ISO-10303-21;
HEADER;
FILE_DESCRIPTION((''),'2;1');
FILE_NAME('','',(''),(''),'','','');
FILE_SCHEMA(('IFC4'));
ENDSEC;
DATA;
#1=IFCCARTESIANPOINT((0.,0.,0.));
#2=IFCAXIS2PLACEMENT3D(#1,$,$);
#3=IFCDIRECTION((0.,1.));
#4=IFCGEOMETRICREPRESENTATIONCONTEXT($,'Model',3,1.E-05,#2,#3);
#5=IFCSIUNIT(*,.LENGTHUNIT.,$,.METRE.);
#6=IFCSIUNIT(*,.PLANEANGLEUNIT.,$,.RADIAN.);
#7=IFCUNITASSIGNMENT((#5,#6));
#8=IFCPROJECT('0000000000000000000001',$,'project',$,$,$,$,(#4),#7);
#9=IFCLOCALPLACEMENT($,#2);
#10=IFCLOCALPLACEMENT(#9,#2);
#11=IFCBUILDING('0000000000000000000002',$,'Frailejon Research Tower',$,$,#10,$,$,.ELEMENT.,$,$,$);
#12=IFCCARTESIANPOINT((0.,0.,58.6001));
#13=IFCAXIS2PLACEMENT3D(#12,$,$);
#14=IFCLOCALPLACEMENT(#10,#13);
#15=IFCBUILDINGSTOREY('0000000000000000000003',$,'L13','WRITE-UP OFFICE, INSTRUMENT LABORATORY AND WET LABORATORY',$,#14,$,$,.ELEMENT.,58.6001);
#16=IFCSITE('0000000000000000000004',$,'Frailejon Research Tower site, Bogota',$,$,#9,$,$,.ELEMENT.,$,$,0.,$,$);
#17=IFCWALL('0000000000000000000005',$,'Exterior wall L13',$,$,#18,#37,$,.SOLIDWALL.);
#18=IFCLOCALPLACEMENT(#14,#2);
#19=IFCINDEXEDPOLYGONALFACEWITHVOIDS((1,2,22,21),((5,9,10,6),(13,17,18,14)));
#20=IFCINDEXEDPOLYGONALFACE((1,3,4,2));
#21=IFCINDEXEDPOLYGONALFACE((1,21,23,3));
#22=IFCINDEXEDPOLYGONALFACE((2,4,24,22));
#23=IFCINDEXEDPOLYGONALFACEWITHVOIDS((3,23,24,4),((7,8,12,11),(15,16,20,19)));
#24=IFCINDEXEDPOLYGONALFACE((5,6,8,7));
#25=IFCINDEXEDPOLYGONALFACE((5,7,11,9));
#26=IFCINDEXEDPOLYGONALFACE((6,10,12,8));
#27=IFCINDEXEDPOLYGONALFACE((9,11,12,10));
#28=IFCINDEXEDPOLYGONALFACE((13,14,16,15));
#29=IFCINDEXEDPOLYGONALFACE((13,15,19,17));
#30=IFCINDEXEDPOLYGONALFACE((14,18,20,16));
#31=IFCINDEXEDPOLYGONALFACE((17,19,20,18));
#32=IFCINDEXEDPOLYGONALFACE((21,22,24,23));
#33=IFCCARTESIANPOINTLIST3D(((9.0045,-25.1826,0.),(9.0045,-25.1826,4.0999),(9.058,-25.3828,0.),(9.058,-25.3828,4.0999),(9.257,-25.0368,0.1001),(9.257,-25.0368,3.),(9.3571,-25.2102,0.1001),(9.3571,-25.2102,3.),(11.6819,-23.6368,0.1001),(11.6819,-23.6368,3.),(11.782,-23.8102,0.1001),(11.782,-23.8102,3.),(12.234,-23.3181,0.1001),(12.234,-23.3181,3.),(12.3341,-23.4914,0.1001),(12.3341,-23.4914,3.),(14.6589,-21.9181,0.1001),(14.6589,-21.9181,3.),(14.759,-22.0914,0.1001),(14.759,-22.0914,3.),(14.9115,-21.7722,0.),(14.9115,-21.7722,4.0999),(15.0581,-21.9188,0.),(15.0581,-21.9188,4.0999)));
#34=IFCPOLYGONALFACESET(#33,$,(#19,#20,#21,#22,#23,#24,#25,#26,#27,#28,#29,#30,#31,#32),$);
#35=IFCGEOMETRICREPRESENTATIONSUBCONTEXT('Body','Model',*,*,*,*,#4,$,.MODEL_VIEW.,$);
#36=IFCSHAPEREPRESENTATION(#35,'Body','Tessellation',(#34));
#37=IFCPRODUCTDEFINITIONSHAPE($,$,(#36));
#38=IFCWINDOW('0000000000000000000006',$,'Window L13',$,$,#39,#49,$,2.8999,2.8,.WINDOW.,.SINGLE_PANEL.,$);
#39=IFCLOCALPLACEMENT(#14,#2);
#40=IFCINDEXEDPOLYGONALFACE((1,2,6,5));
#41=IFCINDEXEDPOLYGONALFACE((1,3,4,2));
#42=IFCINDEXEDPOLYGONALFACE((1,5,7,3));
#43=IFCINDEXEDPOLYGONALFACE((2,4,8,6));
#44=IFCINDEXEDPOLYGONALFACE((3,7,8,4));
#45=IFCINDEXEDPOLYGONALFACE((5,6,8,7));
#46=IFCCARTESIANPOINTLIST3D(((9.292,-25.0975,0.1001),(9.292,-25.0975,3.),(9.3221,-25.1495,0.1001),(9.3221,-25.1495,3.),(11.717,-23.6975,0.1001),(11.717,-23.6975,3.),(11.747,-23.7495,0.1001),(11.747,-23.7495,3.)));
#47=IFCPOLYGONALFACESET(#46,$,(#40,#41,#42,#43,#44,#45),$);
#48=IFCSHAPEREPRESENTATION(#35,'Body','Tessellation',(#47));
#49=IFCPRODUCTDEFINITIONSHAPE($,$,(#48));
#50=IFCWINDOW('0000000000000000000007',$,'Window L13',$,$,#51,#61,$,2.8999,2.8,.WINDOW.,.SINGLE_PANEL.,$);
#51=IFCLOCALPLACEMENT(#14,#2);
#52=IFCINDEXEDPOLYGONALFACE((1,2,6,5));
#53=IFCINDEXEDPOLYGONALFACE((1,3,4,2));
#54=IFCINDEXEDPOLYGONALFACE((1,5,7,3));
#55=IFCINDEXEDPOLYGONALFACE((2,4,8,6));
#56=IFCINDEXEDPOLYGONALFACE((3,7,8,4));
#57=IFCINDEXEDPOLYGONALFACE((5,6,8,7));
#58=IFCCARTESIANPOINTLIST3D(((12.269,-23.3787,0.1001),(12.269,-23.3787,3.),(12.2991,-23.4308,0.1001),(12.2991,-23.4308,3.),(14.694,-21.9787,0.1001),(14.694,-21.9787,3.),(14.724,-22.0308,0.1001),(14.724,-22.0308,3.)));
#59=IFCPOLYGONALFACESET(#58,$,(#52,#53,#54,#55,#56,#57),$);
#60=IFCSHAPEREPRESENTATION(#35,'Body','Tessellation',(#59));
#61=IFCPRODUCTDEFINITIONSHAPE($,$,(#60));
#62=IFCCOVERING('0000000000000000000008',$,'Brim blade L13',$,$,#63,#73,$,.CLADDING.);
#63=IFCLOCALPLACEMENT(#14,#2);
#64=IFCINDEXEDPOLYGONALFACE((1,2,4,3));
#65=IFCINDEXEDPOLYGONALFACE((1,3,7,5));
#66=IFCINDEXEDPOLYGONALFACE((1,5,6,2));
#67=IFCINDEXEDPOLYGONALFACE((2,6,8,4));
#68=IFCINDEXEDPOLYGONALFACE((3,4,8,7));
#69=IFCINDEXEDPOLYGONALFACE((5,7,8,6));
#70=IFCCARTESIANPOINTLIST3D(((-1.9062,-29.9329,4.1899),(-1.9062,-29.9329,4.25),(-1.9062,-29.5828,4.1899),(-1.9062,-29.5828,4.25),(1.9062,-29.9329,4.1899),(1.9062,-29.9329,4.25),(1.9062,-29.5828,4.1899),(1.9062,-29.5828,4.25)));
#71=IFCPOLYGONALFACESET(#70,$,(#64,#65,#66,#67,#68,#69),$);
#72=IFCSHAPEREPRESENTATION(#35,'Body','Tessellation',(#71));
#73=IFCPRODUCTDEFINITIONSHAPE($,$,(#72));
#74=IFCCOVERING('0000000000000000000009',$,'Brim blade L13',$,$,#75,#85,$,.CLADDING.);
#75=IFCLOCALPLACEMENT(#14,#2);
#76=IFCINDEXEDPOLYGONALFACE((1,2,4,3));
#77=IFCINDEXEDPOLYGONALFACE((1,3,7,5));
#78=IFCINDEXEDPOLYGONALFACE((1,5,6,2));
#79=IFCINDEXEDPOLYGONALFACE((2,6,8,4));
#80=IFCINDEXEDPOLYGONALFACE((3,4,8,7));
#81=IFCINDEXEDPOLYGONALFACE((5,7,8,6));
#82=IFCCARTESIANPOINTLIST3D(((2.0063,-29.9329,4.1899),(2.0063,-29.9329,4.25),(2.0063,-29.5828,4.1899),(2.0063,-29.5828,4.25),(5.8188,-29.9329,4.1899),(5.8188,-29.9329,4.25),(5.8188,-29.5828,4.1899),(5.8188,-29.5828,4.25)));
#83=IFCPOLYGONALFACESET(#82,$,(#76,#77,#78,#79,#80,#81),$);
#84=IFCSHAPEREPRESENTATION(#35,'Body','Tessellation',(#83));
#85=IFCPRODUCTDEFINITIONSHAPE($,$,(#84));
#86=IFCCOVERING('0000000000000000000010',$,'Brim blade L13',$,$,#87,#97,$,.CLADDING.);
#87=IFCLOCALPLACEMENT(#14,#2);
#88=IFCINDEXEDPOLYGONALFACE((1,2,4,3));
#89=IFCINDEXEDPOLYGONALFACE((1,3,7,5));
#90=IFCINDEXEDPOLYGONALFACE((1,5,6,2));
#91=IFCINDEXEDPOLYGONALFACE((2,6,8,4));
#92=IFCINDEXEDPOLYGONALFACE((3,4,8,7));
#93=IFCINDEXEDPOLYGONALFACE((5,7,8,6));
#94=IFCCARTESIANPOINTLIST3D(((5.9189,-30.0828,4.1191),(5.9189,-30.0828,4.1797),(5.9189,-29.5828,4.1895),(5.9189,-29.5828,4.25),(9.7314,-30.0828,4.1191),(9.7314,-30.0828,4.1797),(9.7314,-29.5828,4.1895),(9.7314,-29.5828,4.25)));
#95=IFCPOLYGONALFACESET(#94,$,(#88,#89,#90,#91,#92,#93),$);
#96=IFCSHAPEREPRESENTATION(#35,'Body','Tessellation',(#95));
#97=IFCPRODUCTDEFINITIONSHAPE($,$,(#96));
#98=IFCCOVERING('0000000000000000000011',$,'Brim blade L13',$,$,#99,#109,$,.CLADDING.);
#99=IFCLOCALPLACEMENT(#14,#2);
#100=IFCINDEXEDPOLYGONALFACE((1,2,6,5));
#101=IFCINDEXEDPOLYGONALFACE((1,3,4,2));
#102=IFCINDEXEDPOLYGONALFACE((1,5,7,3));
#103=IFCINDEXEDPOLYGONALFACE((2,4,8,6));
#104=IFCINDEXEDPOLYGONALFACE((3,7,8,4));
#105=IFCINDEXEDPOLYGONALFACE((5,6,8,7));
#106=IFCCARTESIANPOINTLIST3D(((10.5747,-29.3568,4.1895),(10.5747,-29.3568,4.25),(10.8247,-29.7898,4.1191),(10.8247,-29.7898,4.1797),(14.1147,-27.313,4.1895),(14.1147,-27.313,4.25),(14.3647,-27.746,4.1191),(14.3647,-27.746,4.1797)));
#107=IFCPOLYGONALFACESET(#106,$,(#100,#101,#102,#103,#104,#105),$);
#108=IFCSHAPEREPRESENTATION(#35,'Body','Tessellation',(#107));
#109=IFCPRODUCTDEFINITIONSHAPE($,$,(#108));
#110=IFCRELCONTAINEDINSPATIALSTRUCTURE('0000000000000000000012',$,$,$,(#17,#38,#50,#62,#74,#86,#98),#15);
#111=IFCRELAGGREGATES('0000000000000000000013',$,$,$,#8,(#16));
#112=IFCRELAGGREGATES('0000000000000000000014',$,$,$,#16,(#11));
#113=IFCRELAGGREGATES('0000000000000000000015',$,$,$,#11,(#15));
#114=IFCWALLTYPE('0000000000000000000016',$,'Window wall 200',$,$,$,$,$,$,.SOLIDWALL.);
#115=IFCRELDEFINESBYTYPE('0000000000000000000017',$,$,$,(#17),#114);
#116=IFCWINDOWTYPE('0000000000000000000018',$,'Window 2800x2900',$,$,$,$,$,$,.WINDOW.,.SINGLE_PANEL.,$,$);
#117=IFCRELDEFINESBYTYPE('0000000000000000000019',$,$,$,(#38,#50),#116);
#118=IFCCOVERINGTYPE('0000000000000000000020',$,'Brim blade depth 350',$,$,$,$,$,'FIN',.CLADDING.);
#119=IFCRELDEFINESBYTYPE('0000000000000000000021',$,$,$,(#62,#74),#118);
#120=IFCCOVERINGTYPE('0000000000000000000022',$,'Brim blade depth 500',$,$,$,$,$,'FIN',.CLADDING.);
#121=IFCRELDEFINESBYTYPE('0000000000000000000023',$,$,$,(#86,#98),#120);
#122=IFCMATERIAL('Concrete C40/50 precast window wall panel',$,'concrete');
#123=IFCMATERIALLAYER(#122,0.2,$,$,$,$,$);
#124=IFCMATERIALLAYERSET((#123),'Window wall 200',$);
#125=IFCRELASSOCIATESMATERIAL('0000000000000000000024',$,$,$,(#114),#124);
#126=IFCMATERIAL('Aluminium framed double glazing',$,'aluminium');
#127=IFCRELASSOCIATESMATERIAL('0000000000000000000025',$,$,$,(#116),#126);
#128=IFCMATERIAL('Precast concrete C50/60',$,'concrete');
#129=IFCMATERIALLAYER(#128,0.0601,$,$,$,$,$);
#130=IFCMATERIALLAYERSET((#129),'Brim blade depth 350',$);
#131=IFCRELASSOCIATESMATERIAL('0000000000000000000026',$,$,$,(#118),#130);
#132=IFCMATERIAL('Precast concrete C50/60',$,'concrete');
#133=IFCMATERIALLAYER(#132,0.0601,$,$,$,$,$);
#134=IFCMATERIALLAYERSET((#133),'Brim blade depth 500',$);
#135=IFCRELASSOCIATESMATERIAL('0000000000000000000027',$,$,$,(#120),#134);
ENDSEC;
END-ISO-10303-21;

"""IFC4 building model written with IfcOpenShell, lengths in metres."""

from ifc_helpers import new_model, si_unit, direction, frame, frame_2d, origin, place, context, subcontext, project, spatial, polyline, rectangle, outline, extrude, material, layer, layer_set, type_object, element, fill, save


model = new_model("IFC4")

# Units and contexts
model_context = context("Model", 3, precision=1e-05, world=origin(), true_north=direction((0.0, 1.0)))
body_context = subcontext(model_context, "Body", "Model", "MODEL_VIEW")
ifc_project = project(units=[si_unit("LENGTHUNIT", "METRE"), si_unit("PLANEANGLEUNIT", "RADIAN")], contexts=[model_context])

# Site, building, storey
site_placement = place(None, origin())
site = spatial("IfcSite", under=ifc_project, at=site_placement, Name="Frailejon Research Tower site, Bogota", CompositionType="ELEMENT", RefElevation=0.0)
building_placement = place(site_placement, origin())
building = spatial("IfcBuilding", under=site, at=building_placement, Name="Frailejon Research Tower", CompositionType="ELEMENT")
storey_placement = place(building_placement, frame((0.0, 0.0, 58.6001)))
storey = spatial("IfcBuildingStorey", under=building, at=storey_placement, Name="L13", Description="WRITE-UP OFFICE, INSTRUMENT LABORATORY AND WET LABORATORY", CompositionType="ELEMENT", Elevation=58.6001)

# Wall, openings, windows
ifc_material_1 = material(Name="Concrete C40/50 precast window wall panel", Category="concrete")
ifc_layer_1 = layer(ifc_material_1, 0.2)
ifc_layer_set_1 = layer_set([ifc_layer_1], Name="Window wall 200")
wall_type_1 = type_object("IfcWallType", Name="Window wall 200", PredefinedType="SOLIDWALL", material=ifc_layer_set_1)
wall_1_placement = place(storey_placement, frame((9.0312, -25.2827, 0.0), z_axis=(0.0, 0.0, 1.0), x_axis=(0.866029, 0.499993, 0.0)))
wall_1 = element("IfcWall", 1, at=wall_1_placement, inside=storey, type_object=wall_type_1, Name="Exterior wall L13", PredefinedType="SOLIDWALL", context=body_context, shape_type="SweptSolid", body=[
    extrude(outline(polyline([(-0.0269, -0.1001), (1.1279, -0.1001), (2.2825, -0.1001), (3.4373, -0.1001), (4.592, -0.1001), (5.7466, -0.1001), (6.9014, -0.1001), (6.8477, 0.1001), (5.7109, 0.1001), (4.574, 0.1001), (3.4373, 0.1001), (2.3005, 0.1001), (1.1636, 0.1001), (0.0269, 0.1001), (-0.0269, -0.1001)])), origin(), (0.0, 0.0, 1.0), 4.0999),
])
opening_1_placement = place(wall_1_placement, frame((0.3186, 0.0, 0.1001)))
opening_1 = element("IfcOpeningElement", 2, at=opening_1_placement, cuts=wall_1, PredefinedType="OPENING", context=body_context, shape_type="SweptSolid", body=[
    extrude(rectangle(XDim=2.8, YDim=2.8999, at=frame_2d((1.3999, 1.45))), frame((0.0, 0.1099, 0.0), z_axis=(0.0, -1.0, 0.0), x_axis=(1.0, 0.0, 0.0)), (0.0, 0.0, 1.0), 0.22),
])
opening_2_placement = place(wall_1_placement, frame((3.7561, 0.0, 0.1001)))
opening_2 = element("IfcOpeningElement", 3, at=opening_2_placement, cuts=wall_1, PredefinedType="OPENING", context=body_context, shape_type="SweptSolid", body=[
    extrude(rectangle(XDim=2.8, YDim=2.8999, at=frame_2d((1.3999, 1.45))), frame((0.0, 0.1099, 0.0), z_axis=(0.0, -1.0, 0.0), x_axis=(1.0, 0.0, 0.0)), (0.0, 0.0, 1.0), 0.22),
])
ifc_material_2 = material(Name="Aluminium framed double glazing", Category="aluminium")
window_type = type_object("IfcWindowType", Name="Window 2800x2900", PartitioningType="SINGLE_PANEL", PredefinedType="WINDOW", material=ifc_material_2)
window_1_placement = place(opening_1_placement, origin())
window_1 = element("IfcWindow", 4, at=window_1_placement, inside=storey, type_object=window_type, Name="Window L13", OverallHeight=2.8999, OverallWidth=2.8, PartitioningType="SINGLE_PANEL", PredefinedType="WINDOW", context=body_context, shape_type="SweptSolid", body=[
    extrude(rectangle(XDim=2.8, YDim=2.8999, at=frame_2d((1.3999, 1.45))), frame((0.0, 0.03, 0.0), z_axis=(0.0, -1.0, 0.0), x_axis=(1.0, 0.0, 0.0)), (0.0, 0.0, 1.0), 0.0601),
])
fill(opening_1, window_1)
window_2_placement = place(opening_2_placement, origin())
window_2 = element("IfcWindow", 5, at=window_2_placement, inside=storey, type_object=window_type, Name="Window L13", OverallHeight=2.8999, OverallWidth=2.8, PartitioningType="SINGLE_PANEL", PredefinedType="WINDOW", context=body_context, shape_type="SweptSolid", body=[
    extrude(rectangle(XDim=2.8, YDim=2.8999, at=frame_2d((1.3999, 1.45))), frame((0.0, 0.03, 0.0), z_axis=(0.0, -1.0, 0.0), x_axis=(1.0, 0.0, 0.0)), (0.0, 0.0, 1.0), 0.0601),
])
fill(opening_2, window_2)

# Coverings
ifc_material_3 = material(Name="Precast concrete C50/60", Category="concrete")
ifc_layer_2 = layer(ifc_material_3, 0.0601)
ifc_layer_set_2 = layer_set([ifc_layer_2], Name="Brim blade depth 350")
covering_type_1 = type_object("IfcCoveringType", Name="Brim blade depth 350", ElementType="FIN", PredefinedType="CLADDING", material=ifc_layer_set_2)
for number, where, z_axis, x_axis, name in (
    (6, (1.9062, -29.5828, 4.25), (-1.0, 0.0, 0.0), (0.0, -1.0, 0.0), "Brim blade L13"),
    (7, (5.8188, -29.5828, 4.25), (-1.0, 0.0, 0.0), (0.0, -1.0, 0.0), "Brim blade L13"),
):
    element("IfcCovering", number, at=place(storey_placement, frame(where, z_axis=z_axis, x_axis=x_axis)), inside=storey, type_object=covering_type_1, Name=name, PredefinedType="CLADDING", context=body_context, shape_type="SweptSolid", body=[
        extrude(outline(polyline([(0.0, -0.0601), (0.3501, -0.0601), (0.3501, 0.0), (0.0, 0.0), (0.0, -0.0601)])), origin(), (0.0, 0.0, 1.0), 3.8125),
    ])
ifc_material_4 = material(Name="Precast concrete C50/60", Category="concrete")
ifc_layer_3 = layer(ifc_material_4, 0.0601)
ifc_layer_set_3 = layer_set([ifc_layer_3], Name="Brim blade depth 500")
covering_type_2 = type_object("IfcCoveringType", Name="Brim blade depth 500", ElementType="FIN", PredefinedType="CLADDING", material=ifc_layer_set_3)
covering_1_placement = place(storey_placement, frame((9.7314, -29.5828, 4.25), z_axis=(-1.0, 0.0, 0.0), x_axis=(0.0, -1.0, 0.0)))
element("IfcCovering", 8, at=covering_1_placement, inside=storey, type_object=covering_type_2, Name="Brim blade L13", PredefinedType="CLADDING", context=body_context, shape_type="SweptSolid", body=[
    extrude(outline(polyline([(0.0, -0.0605), (0.5, -0.1309), (0.5, -0.0703), (0.0, 0.0), (0.0, -0.0605)])), origin(), (0.0, 0.0, 1.0), 3.8125),
])
covering_2_placement = place(storey_placement, frame((14.1147, -27.313, 4.25), z_axis=(-0.866027, -0.499997, 0.0), x_axis=(0.499997, -0.866027, 0.0)))
element("IfcCovering", 9, at=covering_2_placement, inside=storey, type_object=covering_type_2, Name="Brim blade L13", PredefinedType="CLADDING", context=body_context, shape_type="SweptSolid", body=[
    extrude(outline(polyline([(0.0, -0.0605), (0.5, -0.1309), (0.5, -0.0703), (0.0, 0.0), (0.0, -0.0605)])), origin(), (0.0, 0.0, 1.0), 4.0876),
])

save(model, "model.ifc")
